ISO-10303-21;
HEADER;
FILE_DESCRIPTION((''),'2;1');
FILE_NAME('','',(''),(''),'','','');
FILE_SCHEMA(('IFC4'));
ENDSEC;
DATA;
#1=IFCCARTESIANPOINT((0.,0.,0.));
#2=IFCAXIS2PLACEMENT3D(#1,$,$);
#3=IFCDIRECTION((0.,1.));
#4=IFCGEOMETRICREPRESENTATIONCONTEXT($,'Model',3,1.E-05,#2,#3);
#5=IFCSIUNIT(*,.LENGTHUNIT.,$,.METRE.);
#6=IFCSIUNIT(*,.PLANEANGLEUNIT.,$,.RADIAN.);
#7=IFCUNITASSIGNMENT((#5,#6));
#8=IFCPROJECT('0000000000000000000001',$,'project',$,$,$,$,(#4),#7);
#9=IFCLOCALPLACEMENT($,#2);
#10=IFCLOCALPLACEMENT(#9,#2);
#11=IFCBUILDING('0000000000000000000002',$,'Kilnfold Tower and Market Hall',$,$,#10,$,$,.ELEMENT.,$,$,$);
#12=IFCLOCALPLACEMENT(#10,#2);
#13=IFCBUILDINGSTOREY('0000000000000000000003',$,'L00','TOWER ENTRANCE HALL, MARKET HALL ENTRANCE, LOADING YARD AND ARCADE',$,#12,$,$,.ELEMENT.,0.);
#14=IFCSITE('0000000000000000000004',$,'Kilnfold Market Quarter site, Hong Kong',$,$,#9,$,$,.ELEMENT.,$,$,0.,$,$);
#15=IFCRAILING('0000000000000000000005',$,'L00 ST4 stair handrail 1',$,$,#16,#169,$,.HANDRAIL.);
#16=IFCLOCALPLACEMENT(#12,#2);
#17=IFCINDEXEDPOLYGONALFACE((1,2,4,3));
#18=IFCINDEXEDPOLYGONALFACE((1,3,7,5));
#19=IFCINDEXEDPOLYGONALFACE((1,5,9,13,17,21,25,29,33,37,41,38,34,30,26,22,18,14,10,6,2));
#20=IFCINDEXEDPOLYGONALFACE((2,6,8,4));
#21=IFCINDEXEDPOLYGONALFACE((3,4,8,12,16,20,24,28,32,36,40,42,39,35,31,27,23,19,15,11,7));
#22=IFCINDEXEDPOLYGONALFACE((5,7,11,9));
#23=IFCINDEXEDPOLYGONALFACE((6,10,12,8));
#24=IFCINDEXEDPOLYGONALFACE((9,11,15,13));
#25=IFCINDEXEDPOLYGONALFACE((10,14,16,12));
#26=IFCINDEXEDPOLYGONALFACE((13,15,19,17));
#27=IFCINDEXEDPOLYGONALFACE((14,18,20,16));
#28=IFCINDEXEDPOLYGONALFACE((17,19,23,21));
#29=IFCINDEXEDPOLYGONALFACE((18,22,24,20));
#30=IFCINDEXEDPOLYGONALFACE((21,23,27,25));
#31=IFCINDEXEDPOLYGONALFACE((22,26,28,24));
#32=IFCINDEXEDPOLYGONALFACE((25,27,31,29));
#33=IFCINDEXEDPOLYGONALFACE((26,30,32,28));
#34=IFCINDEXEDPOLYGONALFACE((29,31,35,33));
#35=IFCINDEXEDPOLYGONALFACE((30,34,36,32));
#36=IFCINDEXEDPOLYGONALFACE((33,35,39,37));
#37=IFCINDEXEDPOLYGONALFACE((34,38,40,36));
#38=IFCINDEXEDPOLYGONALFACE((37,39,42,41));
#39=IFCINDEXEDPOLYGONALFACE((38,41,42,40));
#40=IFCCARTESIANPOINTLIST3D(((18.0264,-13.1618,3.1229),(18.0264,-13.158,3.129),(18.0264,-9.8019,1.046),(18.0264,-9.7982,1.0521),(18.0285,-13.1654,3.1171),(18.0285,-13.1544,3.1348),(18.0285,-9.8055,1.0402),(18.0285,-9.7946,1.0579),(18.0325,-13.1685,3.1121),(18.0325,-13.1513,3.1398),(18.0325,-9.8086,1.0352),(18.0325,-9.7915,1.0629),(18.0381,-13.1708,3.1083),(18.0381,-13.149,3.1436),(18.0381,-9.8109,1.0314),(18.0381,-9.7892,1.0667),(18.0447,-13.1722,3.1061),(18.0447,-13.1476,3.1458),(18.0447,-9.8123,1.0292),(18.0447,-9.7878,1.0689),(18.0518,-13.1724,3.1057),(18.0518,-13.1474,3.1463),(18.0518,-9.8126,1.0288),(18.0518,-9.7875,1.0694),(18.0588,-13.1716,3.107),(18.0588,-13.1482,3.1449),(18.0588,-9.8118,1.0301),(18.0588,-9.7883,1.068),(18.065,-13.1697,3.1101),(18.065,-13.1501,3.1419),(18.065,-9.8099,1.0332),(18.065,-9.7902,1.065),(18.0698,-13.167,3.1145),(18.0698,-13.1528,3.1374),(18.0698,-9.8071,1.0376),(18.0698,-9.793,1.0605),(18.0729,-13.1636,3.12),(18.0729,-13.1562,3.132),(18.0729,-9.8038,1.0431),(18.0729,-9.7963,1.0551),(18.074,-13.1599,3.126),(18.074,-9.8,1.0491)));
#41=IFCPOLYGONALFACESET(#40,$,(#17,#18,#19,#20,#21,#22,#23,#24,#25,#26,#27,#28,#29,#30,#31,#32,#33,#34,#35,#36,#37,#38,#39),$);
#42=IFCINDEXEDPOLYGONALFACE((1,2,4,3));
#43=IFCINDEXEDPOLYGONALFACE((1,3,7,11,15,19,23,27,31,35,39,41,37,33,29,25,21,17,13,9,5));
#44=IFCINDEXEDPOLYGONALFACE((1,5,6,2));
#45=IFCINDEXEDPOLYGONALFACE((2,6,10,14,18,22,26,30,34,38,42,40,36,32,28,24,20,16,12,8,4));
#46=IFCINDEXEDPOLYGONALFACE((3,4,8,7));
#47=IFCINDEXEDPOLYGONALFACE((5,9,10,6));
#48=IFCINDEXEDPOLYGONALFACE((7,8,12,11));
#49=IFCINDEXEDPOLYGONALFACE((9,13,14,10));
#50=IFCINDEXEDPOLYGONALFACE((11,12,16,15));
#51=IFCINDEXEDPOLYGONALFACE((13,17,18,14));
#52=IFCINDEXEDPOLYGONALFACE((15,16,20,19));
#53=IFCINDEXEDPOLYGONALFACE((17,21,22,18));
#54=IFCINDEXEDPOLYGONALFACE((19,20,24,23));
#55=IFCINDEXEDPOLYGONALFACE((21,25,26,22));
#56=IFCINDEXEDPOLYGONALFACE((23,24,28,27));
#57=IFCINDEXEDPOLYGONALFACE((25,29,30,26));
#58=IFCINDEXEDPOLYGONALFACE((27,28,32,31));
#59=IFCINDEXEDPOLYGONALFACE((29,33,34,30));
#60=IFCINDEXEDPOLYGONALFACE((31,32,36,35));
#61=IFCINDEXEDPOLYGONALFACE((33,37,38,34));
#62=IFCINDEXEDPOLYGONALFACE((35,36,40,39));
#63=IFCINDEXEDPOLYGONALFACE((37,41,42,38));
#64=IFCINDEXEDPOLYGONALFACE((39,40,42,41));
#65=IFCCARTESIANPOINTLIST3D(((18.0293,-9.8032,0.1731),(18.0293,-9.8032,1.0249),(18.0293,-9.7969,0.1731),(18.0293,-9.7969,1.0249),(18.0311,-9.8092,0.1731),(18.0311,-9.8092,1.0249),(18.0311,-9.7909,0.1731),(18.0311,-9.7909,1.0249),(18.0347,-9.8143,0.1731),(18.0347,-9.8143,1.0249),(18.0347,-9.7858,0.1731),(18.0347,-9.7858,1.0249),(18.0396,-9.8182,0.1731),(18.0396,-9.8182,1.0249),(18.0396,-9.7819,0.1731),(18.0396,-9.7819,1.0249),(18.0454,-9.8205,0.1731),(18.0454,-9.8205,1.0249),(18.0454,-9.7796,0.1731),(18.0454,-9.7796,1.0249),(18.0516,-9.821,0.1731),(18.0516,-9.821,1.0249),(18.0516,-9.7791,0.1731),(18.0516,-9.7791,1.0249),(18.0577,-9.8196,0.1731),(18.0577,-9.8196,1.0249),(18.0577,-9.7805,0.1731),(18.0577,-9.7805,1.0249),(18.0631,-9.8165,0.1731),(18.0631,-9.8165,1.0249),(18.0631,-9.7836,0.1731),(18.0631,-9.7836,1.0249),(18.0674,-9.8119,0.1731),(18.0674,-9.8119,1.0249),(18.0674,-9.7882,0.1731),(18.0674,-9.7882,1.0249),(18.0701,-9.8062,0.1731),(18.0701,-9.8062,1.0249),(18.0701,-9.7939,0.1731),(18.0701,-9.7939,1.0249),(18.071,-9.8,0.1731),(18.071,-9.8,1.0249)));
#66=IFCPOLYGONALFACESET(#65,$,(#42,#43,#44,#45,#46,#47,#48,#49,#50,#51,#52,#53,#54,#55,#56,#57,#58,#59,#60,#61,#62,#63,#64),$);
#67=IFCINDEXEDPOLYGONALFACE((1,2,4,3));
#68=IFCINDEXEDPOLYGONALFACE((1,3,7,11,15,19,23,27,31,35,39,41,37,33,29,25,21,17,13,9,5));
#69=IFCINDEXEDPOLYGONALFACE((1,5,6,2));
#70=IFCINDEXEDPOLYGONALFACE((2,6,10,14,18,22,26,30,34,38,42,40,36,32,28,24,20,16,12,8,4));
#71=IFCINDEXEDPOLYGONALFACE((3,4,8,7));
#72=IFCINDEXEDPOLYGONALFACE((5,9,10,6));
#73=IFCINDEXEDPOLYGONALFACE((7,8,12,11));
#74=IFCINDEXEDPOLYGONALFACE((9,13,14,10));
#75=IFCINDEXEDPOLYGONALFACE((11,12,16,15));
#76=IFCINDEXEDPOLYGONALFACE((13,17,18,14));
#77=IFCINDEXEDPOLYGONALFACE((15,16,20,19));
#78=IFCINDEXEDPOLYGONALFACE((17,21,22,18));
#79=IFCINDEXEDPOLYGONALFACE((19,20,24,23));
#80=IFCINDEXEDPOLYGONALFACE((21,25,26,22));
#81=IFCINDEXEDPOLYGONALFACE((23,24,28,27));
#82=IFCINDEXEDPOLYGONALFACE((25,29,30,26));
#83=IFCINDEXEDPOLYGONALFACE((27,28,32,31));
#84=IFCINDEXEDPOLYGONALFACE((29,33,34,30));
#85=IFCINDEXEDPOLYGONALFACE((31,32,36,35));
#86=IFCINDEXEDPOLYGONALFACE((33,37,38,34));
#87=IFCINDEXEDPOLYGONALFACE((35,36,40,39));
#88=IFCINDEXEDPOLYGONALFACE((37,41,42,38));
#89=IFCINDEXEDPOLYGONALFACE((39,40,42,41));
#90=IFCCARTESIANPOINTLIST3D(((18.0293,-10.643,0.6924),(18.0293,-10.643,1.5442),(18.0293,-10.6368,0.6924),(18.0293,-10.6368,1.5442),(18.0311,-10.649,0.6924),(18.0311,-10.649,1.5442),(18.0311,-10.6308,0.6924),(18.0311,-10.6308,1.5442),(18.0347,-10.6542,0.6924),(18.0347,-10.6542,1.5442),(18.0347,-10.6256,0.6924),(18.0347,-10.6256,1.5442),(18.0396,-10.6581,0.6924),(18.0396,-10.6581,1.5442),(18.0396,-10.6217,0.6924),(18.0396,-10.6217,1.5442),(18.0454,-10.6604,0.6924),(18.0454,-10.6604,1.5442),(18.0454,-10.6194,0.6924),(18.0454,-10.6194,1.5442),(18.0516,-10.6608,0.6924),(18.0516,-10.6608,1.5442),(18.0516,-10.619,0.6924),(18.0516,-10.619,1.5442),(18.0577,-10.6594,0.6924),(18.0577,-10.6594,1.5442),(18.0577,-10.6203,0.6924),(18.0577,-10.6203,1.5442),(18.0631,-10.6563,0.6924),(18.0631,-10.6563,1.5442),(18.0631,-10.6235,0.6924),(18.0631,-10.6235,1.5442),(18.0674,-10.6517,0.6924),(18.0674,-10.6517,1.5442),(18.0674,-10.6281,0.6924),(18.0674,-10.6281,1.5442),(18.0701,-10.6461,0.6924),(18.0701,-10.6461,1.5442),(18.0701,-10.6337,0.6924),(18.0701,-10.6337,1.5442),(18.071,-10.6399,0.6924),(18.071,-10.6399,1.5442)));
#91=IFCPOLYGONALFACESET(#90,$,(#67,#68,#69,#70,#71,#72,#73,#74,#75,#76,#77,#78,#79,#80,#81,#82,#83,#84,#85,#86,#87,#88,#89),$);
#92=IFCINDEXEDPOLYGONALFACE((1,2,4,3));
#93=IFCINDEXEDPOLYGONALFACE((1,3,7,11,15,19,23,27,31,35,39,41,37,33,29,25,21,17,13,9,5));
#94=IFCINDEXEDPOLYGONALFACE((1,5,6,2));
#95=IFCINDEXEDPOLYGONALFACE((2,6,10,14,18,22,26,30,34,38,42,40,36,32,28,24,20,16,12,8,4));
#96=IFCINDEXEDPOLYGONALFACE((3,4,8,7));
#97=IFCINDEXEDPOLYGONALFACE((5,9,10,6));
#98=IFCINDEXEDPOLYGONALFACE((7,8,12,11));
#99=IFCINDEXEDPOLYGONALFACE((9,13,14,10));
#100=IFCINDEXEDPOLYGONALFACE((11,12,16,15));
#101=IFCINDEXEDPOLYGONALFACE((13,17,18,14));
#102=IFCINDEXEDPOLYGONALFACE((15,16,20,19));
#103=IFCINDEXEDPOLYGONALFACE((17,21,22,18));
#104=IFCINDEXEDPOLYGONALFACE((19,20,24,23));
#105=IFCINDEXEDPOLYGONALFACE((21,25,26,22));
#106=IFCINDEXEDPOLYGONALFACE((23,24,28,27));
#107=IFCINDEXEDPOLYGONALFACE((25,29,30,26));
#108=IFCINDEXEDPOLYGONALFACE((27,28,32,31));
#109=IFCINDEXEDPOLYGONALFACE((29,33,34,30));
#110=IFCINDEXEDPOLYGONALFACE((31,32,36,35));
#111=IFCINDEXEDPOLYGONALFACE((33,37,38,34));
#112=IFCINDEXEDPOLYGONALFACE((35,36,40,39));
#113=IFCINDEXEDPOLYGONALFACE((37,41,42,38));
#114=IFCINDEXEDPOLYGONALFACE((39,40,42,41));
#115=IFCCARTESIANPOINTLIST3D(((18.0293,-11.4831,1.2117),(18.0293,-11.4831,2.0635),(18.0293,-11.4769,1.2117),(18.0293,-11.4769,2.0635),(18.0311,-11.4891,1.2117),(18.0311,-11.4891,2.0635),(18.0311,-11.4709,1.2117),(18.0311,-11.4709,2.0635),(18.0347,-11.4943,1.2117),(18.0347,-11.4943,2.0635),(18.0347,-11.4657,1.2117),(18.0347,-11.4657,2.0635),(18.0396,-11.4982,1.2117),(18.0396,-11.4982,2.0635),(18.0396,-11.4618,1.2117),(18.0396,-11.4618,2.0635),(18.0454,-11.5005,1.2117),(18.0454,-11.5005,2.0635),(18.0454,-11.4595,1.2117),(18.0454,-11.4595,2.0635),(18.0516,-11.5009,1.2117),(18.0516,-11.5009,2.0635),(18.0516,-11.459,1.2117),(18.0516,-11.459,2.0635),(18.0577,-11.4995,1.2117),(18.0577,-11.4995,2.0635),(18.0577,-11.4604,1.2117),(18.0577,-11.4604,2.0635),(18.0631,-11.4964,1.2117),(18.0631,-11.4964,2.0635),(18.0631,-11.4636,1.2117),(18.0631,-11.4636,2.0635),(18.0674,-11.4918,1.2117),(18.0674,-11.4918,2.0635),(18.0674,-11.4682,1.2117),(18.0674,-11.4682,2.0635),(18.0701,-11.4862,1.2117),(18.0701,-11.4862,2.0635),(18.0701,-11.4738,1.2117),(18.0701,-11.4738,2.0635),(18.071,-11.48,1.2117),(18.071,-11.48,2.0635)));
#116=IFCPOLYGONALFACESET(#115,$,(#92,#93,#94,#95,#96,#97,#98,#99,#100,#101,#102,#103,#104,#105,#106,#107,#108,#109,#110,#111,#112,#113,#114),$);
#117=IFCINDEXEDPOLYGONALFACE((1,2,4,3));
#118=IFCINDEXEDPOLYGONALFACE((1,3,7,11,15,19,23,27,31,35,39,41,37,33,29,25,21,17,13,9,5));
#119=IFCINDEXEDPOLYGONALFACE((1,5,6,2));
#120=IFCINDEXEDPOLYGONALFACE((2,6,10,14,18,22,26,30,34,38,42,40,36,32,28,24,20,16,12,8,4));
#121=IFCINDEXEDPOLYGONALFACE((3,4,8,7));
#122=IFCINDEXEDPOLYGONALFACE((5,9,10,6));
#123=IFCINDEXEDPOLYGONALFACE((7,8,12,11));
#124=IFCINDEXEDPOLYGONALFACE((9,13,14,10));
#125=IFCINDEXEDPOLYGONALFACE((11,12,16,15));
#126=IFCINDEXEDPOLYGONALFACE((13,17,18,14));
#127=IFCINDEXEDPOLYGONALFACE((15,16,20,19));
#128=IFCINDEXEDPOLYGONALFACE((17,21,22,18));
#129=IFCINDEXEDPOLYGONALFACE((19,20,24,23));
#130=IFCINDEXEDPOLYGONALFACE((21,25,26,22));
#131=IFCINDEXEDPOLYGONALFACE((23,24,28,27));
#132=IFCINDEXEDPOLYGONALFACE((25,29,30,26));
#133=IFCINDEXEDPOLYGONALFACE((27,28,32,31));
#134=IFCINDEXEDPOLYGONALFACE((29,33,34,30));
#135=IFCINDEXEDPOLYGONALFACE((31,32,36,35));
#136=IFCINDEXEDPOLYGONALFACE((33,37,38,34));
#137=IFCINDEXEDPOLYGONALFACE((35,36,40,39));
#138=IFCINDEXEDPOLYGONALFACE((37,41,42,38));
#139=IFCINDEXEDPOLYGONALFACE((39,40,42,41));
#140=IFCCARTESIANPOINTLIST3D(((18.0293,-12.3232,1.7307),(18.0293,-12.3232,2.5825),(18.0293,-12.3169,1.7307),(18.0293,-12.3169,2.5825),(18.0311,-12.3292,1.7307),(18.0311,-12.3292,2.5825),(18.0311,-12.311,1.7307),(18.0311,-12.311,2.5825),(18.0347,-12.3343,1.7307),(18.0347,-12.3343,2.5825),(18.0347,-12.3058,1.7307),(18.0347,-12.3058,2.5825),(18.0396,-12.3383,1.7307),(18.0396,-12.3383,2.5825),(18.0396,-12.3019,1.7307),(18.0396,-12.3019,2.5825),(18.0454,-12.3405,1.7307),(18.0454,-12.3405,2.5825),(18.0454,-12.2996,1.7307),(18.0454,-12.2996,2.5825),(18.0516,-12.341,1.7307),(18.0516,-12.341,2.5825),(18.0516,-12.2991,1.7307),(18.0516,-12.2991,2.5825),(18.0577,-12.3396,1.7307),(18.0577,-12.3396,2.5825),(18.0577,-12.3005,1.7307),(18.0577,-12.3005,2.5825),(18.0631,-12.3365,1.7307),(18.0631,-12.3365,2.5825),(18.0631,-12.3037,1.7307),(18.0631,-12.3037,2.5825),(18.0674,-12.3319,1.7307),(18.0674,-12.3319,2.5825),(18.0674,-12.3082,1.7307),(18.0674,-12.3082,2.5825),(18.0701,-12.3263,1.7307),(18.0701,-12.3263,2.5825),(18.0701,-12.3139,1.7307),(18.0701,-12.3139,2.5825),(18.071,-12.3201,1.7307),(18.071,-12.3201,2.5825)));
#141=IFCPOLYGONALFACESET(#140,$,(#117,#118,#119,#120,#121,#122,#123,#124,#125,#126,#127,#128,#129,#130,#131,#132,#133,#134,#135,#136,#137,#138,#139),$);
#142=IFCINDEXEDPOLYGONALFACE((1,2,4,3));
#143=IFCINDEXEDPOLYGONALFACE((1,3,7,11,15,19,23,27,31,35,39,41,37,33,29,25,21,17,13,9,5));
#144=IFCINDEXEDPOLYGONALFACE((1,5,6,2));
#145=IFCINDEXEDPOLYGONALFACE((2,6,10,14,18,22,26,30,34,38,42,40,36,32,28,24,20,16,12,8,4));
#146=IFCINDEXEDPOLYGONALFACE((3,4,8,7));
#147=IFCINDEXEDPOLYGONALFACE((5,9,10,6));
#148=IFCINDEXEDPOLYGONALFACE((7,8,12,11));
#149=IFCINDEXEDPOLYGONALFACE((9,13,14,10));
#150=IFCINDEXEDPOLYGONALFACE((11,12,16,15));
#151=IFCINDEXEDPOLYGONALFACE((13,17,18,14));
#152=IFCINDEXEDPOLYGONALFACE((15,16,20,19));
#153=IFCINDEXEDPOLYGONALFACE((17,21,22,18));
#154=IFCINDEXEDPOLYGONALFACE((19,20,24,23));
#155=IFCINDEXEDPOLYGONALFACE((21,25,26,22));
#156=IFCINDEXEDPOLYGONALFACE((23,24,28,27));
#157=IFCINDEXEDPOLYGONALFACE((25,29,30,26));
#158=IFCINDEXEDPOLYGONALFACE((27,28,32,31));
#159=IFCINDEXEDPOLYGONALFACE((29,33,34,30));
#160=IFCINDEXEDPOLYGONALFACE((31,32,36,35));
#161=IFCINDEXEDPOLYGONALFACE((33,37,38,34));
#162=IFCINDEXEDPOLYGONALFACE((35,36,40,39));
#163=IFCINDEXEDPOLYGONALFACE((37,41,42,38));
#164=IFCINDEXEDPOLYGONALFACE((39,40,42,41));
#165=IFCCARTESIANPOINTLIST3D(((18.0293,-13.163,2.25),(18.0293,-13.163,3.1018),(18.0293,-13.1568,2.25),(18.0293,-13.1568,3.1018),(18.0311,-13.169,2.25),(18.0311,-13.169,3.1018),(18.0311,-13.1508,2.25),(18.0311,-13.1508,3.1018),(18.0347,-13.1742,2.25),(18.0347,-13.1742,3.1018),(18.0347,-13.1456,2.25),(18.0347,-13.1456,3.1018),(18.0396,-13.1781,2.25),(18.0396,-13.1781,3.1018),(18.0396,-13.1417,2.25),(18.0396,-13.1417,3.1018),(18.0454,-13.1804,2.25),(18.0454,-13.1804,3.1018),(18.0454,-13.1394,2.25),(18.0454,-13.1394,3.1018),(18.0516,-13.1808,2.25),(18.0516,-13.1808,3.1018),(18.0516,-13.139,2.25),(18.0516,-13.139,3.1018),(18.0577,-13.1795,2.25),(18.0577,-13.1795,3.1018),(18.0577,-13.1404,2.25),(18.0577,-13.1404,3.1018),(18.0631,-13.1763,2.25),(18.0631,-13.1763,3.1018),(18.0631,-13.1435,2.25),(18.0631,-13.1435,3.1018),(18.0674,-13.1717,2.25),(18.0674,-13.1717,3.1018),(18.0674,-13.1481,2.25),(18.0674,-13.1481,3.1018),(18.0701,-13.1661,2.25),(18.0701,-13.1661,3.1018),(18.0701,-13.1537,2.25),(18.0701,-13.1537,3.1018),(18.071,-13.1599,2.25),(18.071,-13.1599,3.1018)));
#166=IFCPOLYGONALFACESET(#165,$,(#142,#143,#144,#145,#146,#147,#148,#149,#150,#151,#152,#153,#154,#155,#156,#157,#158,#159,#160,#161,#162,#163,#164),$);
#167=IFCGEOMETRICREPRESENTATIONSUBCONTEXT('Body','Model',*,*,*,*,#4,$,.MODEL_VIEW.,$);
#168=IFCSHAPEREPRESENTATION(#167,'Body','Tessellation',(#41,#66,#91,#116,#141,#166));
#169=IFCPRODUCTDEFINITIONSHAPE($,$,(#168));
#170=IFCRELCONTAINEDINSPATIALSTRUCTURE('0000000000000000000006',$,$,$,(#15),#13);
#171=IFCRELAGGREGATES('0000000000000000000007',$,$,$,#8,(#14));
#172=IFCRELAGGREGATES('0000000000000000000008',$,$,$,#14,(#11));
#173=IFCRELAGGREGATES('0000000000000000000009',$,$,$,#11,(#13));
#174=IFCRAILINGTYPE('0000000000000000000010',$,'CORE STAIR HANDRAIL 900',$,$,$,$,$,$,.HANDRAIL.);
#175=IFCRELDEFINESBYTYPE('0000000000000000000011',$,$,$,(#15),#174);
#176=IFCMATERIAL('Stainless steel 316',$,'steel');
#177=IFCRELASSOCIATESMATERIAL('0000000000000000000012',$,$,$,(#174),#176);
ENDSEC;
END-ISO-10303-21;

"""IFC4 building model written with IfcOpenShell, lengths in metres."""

from ifc_helpers import new_model, si_unit, direction, frame, origin, origin_2d, place, context, subcontext, project, spatial, circle, extrude, material, type_object, element, save


model = new_model("IFC4")

# Units and contexts
model_context = context("Model", 3, precision=1e-05, world=origin(), true_north=direction((0.0, 1.0)))
body_context = subcontext(model_context, "Body", "Model", "MODEL_VIEW")
ifc_project = project(units=[si_unit("LENGTHUNIT", "METRE"), si_unit("PLANEANGLEUNIT", "RADIAN")], contexts=[model_context])

# Site, building, storey
site_placement = place(None, origin())
site = spatial("IfcSite", under=ifc_project, at=site_placement, Name="Kilnfold Market Quarter site, Hong Kong", CompositionType="ELEMENT", RefElevation=0.0)
building_placement = place(site_placement, origin())
building = spatial("IfcBuilding", under=site, at=building_placement, Name="Kilnfold Tower and Market Hall", CompositionType="ELEMENT")
storey_placement = place(building_placement, origin())
storey = spatial("IfcBuildingStorey", under=building, at=storey_placement, Name="L00", Description="TOWER ENTRANCE HALL, MARKET HALL ENTRANCE, LOADING YARD AND ARCADE", CompositionType="ELEMENT", Elevation=0.0)

# Railing
ifc_material_1 = material(Name="Stainless steel 316", Category="steel")
railing_type_1 = type_object("IfcRailingType", Name="CORE STAIR HANDRAIL 900", PredefinedType="HANDRAIL", material=ifc_material_1)
railing_1_placement = place(storey_placement, frame((18.05, -9.8, 0.1731)))
element("IfcRailing", 1, at=railing_1_placement, inside=storey, type_object=railing_type_1, Name="L00 ST4 stair handrail 1", PredefinedType="HANDRAIL", context=body_context, shape_type="SweptSolid", body=[
    extrude(circle(Radius=0.0239, at=origin_2d()), frame((0.0, 0.0, 0.876), z_axis=(0.0, -0.850606, 0.525803), x_axis=(1.0, 0.0, 0.0)), (0.0, 0.0, 1.0), 3.95),
    extrude(circle(Radius=0.021, at=origin_2d()), origin(), (0.0, 0.0, 1.0), 0.8518),
    extrude(circle(Radius=0.021, at=origin_2d()), frame((0.0, -0.8398, 0.5193)), (0.0, 0.0, 1.0), 0.8518),
    extrude(circle(Radius=0.021, at=origin_2d()), frame((0.0, -1.6799, 1.0386)), (0.0, 0.0, 1.0), 0.8518),
    extrude(circle(Radius=0.021, at=origin_2d()), frame((0.0, -2.52, 1.5576)), (0.0, 0.0, 1.0), 0.8518),
    extrude(circle(Radius=0.021, at=origin_2d()), frame((0.0, -3.3599, 2.0769)), (0.0, 0.0, 1.0), 0.8518),
])

save(model, "model.ifc")
